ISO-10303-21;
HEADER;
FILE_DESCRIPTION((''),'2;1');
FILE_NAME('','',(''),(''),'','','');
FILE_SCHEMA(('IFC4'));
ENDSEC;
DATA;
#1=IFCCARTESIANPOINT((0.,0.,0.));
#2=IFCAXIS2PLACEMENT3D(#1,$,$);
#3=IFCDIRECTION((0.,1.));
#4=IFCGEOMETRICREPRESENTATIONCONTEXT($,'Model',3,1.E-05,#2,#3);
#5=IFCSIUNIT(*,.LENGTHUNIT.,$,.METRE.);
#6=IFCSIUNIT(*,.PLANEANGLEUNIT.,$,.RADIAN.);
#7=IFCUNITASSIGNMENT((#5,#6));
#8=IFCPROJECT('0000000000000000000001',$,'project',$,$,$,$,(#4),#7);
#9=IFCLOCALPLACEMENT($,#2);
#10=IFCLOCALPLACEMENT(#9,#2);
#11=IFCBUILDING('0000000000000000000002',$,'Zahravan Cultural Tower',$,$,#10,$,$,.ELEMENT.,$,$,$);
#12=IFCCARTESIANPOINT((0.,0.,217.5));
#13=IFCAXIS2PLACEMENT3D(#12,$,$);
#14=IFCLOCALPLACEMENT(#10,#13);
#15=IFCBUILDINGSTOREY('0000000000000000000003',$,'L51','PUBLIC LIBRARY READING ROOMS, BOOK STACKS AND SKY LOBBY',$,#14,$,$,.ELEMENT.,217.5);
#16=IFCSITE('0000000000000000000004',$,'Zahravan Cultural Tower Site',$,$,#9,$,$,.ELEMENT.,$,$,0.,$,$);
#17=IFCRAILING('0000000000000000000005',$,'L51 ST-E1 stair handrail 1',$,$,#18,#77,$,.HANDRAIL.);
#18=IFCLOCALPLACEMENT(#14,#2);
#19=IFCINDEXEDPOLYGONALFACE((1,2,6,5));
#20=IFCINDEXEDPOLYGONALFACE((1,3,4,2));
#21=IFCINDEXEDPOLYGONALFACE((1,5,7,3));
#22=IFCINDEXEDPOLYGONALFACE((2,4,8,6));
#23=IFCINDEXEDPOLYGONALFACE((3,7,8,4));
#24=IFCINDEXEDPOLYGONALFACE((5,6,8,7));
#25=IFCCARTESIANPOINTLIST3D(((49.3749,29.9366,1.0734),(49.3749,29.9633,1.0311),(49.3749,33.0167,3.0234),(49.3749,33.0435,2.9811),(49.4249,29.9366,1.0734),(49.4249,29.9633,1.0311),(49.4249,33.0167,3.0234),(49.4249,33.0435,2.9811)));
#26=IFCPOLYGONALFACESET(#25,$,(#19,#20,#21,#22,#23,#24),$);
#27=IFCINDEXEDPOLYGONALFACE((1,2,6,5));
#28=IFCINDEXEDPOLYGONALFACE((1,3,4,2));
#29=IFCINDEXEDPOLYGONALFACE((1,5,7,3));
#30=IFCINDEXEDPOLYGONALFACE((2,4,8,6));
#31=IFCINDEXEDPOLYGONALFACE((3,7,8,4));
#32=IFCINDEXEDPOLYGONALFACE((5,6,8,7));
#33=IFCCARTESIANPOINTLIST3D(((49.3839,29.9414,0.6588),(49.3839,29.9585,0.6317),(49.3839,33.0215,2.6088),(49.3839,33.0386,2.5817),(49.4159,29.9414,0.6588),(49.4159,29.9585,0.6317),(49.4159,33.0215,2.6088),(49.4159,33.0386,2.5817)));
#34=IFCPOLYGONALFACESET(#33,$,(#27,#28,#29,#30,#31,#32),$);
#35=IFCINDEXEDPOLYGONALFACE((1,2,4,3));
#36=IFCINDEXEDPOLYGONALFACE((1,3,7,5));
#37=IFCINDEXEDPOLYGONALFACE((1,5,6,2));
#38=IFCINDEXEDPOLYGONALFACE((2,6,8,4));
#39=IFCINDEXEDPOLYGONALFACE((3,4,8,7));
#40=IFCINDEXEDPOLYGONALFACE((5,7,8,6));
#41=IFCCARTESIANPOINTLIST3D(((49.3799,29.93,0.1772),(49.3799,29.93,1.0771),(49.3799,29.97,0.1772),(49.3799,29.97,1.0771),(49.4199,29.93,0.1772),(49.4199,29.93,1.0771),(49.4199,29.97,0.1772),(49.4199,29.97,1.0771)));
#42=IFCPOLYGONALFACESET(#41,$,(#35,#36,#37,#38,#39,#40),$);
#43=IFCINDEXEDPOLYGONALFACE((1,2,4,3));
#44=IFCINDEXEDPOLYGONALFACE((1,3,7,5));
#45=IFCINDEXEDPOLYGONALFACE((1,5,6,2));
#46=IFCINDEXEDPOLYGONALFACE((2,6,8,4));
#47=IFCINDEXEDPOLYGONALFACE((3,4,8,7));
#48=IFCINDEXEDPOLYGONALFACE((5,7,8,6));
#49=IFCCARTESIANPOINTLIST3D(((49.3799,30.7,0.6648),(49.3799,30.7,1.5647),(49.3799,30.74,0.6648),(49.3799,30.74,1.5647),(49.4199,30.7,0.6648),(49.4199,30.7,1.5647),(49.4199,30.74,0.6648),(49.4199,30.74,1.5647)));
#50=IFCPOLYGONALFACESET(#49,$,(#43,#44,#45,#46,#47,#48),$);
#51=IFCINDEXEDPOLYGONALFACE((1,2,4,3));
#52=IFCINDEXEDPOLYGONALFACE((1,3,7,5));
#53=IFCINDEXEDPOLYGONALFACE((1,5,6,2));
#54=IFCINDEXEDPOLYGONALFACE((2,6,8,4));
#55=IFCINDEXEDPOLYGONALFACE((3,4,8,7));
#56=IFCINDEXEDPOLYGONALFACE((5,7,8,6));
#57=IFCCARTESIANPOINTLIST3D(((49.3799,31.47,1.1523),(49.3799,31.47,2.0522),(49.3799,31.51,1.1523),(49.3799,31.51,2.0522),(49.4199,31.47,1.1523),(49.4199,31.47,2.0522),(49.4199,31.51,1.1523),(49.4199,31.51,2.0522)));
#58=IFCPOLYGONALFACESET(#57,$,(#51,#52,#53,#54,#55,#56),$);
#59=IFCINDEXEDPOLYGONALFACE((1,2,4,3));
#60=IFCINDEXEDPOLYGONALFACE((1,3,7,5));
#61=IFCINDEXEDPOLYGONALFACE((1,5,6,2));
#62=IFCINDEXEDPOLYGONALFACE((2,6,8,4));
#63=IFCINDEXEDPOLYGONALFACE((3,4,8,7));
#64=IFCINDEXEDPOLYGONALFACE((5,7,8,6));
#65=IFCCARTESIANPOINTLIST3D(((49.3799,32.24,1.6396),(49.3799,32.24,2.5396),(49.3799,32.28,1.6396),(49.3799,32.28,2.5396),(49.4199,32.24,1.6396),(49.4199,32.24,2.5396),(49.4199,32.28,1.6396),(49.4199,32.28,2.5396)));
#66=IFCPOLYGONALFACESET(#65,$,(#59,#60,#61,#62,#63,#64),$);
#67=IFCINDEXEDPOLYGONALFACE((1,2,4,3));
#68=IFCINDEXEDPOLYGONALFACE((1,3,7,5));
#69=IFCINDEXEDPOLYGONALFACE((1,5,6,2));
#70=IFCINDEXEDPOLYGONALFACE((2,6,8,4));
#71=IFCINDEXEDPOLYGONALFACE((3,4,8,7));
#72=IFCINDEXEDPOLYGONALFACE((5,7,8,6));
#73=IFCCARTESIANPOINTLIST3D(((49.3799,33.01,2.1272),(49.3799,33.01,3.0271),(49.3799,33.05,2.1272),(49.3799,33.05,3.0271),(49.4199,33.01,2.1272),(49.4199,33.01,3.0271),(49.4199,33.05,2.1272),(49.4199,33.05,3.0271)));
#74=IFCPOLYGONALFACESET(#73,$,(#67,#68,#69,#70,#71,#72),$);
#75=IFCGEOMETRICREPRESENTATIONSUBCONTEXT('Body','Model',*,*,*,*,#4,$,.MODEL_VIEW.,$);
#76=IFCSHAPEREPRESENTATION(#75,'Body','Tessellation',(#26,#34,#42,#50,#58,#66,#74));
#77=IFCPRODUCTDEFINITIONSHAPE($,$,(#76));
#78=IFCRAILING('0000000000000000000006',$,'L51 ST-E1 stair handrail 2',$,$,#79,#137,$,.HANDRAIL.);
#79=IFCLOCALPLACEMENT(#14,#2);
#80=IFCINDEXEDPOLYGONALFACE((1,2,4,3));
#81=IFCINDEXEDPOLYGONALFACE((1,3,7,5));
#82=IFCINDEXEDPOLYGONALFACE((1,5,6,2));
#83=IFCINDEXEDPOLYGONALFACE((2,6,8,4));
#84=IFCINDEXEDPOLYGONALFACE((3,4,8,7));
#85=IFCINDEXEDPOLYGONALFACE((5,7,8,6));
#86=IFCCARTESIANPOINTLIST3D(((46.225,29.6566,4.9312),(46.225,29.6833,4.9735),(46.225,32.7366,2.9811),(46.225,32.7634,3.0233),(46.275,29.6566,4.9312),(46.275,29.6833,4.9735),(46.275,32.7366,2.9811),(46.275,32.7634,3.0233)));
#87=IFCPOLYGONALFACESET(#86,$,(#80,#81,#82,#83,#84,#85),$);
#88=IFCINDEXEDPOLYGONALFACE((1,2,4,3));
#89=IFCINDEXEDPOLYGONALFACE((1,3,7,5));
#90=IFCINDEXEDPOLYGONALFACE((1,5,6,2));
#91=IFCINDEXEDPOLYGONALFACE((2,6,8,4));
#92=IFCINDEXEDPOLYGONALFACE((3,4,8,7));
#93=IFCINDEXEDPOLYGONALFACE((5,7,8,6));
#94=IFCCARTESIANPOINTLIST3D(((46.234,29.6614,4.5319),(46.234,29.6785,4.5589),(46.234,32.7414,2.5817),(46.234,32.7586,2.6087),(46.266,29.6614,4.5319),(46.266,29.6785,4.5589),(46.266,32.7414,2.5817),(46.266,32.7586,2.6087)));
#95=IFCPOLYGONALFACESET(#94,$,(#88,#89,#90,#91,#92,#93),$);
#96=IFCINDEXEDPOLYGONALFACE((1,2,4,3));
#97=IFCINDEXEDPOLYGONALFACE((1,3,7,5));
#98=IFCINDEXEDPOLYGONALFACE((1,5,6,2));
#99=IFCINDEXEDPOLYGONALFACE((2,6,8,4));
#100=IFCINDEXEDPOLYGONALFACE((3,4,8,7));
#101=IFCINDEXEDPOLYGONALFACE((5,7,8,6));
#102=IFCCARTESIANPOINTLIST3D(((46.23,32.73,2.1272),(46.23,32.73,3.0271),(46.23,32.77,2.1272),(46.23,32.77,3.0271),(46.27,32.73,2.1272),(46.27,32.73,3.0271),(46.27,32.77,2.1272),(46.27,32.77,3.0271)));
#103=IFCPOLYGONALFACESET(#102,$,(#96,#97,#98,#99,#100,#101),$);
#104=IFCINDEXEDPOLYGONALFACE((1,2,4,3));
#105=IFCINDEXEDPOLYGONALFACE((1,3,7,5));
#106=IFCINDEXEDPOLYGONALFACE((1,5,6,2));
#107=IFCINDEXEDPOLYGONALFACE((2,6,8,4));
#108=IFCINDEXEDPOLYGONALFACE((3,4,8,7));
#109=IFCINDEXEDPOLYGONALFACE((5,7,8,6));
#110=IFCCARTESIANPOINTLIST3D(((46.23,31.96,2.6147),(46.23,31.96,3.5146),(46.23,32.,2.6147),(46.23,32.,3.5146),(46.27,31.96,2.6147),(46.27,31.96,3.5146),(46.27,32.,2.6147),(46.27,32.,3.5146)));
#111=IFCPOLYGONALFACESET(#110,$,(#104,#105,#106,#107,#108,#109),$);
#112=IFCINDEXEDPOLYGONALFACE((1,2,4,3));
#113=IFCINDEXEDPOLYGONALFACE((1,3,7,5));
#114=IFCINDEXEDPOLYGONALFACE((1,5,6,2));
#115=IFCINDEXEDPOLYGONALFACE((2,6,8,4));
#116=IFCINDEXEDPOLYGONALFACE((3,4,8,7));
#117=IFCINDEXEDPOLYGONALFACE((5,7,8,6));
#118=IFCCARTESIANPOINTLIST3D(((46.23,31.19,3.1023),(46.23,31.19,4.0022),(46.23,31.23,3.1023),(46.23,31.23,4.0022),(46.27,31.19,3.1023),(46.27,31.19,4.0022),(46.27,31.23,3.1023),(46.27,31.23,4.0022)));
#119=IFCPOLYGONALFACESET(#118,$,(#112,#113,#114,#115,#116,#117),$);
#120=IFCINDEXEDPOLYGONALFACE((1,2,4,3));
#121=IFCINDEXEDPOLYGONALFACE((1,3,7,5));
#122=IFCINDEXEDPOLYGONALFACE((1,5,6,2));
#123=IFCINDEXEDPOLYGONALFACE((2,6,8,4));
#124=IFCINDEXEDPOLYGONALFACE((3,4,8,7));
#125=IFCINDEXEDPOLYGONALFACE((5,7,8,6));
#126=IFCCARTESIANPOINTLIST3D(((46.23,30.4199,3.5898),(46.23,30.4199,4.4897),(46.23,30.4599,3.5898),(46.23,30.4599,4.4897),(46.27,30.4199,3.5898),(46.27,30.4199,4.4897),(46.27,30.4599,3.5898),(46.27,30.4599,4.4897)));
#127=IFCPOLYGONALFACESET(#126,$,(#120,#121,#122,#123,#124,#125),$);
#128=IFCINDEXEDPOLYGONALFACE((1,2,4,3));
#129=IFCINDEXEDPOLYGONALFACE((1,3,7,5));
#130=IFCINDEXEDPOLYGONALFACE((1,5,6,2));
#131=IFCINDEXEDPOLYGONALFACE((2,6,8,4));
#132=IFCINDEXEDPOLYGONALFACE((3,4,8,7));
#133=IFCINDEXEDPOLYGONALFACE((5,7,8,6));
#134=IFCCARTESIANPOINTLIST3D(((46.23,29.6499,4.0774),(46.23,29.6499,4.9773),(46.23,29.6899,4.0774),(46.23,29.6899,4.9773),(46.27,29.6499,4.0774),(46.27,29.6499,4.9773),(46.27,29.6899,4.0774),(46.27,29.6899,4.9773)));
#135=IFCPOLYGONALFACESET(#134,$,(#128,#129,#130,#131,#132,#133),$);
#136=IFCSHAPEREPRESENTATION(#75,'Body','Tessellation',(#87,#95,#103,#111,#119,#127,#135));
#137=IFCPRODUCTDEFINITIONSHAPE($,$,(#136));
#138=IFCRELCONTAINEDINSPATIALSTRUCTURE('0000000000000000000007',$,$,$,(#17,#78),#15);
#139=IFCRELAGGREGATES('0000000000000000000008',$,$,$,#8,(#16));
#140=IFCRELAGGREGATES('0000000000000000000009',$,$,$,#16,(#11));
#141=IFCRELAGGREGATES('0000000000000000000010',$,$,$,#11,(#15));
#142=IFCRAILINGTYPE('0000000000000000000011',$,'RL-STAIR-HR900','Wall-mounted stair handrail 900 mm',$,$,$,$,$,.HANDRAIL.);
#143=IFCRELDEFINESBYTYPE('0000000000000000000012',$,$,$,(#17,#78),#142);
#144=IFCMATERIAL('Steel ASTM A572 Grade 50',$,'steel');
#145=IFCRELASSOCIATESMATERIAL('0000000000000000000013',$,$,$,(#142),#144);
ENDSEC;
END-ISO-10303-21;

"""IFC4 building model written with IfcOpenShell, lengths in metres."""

from ifc_helpers import new_model, si_unit, direction, frame, origin, origin_2d, place, context, subcontext, project, spatial, rectangle, extrude, material, type_object, element, save


model = new_model("IFC4")

# Units and contexts
model_context = context("Model", 3, precision=1e-05, world=origin(), true_north=direction((0.0, 1.0)))
body_context = subcontext(model_context, "Body", "Model", "MODEL_VIEW")
ifc_project = project(units=[si_unit("LENGTHUNIT", "METRE"), si_unit("PLANEANGLEUNIT", "RADIAN")], contexts=[model_context])

# Site, building, storey
site_placement = place(None, origin())
site = spatial("IfcSite", under=ifc_project, at=site_placement, Name="Zahravan Cultural Tower Site", CompositionType="ELEMENT", RefElevation=0.0)
building_placement = place(site_placement, origin())
building = spatial("IfcBuilding", under=site, at=building_placement, Name="Zahravan Cultural Tower", CompositionType="ELEMENT")
storey_placement = place(building_placement, frame((0.0, 0.0, 217.5)))
storey = spatial("IfcBuildingStorey", under=building, at=storey_placement, Name="L51", Description="PUBLIC LIBRARY READING ROOMS, BOOK STACKS AND SKY LOBBY", CompositionType="ELEMENT", Elevation=217.5)

# Railings
ifc_material_1 = material(Name="Steel ASTM A572 Grade 50", Category="steel")
railing_type_1 = type_object("IfcRailingType", Name="RL-STAIR-HR900", Description="Wall-mounted stair handrail 900 mm", PredefinedType="HANDRAIL", material=ifc_material_1)
railing_1_placement = place(storey_placement, frame((49.3999, 29.95, 0.1772)))
element("IfcRailing", 1, at=railing_1_placement, inside=storey, type_object=railing_type_1, Name="L51 ST-E1 stair handrail 1", PredefinedType="HANDRAIL", context=body_context, shape_type="SweptSolid", body=[
    extrude(rectangle(XDim=0.05, YDim=0.05, at=origin_2d()), frame((0.0, 0.0, 0.875), z_axis=(0.0, 0.844914, 0.534902), x_axis=(-1.0, 0.0, 0.0)), (0.0, 0.0, 1.0), 3.6455),
    extrude(rectangle(XDim=0.032, YDim=0.032, at=origin_2d()), frame((0.0, 0.0, 0.468), z_axis=(0.0, 0.844914, 0.534902), x_axis=(-1.0, 0.0, 0.0)), (0.0, 0.0, 1.0), 3.6455),
    extrude(rectangle(XDim=0.04, YDim=0.04, at=origin_2d()), origin(), (0.0, 0.0, 1.0), 0.8999),
    extrude(rectangle(XDim=0.04, YDim=0.04, at=origin_2d()), frame((0.0, 0.77, 0.4875)), (0.0, 0.0, 1.0), 0.8999),
    extrude(rectangle(XDim=0.04, YDim=0.04, at=origin_2d()), frame((0.0, 1.54, 0.9751)), (0.0, 0.0, 1.0), 0.8999),
    extrude(rectangle(XDim=0.04, YDim=0.04, at=origin_2d()), frame((0.0, 2.3101, 1.4624)), (0.0, 0.0, 1.0), 0.8999),
    extrude(rectangle(XDim=0.04, YDim=0.04, at=origin_2d()), frame((0.0, 3.0801, 1.95)), (0.0, 0.0, 1.0), 0.8999),
])
railing_2_placement = place(storey_placement, frame((46.25, 32.75, 2.1272)))
element("IfcRailing", 2, at=railing_2_placement, inside=storey, type_object=railing_type_1, Name="L51 ST-E1 stair handrail 2", PredefinedType="HANDRAIL", context=body_context, shape_type="SweptSolid", body=[
    extrude(rectangle(XDim=0.05, YDim=0.05, at=origin_2d()), frame((0.0, 0.0, 0.875), z_axis=(0.0, -0.844884, 0.53495), x_axis=(1.0, 0.0, 0.0)), (0.0, 0.0, 1.0), 3.6455),
    extrude(rectangle(XDim=0.032, YDim=0.032, at=origin_2d()), frame((0.0, 0.0, 0.468), z_axis=(0.0, -0.844884, 0.53495), x_axis=(1.0, 0.0, 0.0)), (0.0, 0.0, 1.0), 3.6455),
    extrude(rectangle(XDim=0.04, YDim=0.04, at=origin_2d()), origin(), (0.0, 0.0, 1.0), 0.8999),
    extrude(rectangle(XDim=0.04, YDim=0.04, at=origin_2d()), frame((0.0, -0.77, 0.4875)), (0.0, 0.0, 1.0), 0.8999),
    extrude(rectangle(XDim=0.04, YDim=0.04, at=origin_2d()), frame((0.0, -1.54, 0.9751)), (0.0, 0.0, 1.0), 0.8999),
    extrude(rectangle(XDim=0.04, YDim=0.04, at=origin_2d()), frame((0.0, -2.3101, 1.4626)), (0.0, 0.0, 1.0), 0.8999),
    extrude(rectangle(XDim=0.04, YDim=0.04, at=origin_2d()), frame((0.0, -3.0801, 1.9502)), (0.0, 0.0, 1.0), 0.8999),
])

save(model, "model.ifc")
